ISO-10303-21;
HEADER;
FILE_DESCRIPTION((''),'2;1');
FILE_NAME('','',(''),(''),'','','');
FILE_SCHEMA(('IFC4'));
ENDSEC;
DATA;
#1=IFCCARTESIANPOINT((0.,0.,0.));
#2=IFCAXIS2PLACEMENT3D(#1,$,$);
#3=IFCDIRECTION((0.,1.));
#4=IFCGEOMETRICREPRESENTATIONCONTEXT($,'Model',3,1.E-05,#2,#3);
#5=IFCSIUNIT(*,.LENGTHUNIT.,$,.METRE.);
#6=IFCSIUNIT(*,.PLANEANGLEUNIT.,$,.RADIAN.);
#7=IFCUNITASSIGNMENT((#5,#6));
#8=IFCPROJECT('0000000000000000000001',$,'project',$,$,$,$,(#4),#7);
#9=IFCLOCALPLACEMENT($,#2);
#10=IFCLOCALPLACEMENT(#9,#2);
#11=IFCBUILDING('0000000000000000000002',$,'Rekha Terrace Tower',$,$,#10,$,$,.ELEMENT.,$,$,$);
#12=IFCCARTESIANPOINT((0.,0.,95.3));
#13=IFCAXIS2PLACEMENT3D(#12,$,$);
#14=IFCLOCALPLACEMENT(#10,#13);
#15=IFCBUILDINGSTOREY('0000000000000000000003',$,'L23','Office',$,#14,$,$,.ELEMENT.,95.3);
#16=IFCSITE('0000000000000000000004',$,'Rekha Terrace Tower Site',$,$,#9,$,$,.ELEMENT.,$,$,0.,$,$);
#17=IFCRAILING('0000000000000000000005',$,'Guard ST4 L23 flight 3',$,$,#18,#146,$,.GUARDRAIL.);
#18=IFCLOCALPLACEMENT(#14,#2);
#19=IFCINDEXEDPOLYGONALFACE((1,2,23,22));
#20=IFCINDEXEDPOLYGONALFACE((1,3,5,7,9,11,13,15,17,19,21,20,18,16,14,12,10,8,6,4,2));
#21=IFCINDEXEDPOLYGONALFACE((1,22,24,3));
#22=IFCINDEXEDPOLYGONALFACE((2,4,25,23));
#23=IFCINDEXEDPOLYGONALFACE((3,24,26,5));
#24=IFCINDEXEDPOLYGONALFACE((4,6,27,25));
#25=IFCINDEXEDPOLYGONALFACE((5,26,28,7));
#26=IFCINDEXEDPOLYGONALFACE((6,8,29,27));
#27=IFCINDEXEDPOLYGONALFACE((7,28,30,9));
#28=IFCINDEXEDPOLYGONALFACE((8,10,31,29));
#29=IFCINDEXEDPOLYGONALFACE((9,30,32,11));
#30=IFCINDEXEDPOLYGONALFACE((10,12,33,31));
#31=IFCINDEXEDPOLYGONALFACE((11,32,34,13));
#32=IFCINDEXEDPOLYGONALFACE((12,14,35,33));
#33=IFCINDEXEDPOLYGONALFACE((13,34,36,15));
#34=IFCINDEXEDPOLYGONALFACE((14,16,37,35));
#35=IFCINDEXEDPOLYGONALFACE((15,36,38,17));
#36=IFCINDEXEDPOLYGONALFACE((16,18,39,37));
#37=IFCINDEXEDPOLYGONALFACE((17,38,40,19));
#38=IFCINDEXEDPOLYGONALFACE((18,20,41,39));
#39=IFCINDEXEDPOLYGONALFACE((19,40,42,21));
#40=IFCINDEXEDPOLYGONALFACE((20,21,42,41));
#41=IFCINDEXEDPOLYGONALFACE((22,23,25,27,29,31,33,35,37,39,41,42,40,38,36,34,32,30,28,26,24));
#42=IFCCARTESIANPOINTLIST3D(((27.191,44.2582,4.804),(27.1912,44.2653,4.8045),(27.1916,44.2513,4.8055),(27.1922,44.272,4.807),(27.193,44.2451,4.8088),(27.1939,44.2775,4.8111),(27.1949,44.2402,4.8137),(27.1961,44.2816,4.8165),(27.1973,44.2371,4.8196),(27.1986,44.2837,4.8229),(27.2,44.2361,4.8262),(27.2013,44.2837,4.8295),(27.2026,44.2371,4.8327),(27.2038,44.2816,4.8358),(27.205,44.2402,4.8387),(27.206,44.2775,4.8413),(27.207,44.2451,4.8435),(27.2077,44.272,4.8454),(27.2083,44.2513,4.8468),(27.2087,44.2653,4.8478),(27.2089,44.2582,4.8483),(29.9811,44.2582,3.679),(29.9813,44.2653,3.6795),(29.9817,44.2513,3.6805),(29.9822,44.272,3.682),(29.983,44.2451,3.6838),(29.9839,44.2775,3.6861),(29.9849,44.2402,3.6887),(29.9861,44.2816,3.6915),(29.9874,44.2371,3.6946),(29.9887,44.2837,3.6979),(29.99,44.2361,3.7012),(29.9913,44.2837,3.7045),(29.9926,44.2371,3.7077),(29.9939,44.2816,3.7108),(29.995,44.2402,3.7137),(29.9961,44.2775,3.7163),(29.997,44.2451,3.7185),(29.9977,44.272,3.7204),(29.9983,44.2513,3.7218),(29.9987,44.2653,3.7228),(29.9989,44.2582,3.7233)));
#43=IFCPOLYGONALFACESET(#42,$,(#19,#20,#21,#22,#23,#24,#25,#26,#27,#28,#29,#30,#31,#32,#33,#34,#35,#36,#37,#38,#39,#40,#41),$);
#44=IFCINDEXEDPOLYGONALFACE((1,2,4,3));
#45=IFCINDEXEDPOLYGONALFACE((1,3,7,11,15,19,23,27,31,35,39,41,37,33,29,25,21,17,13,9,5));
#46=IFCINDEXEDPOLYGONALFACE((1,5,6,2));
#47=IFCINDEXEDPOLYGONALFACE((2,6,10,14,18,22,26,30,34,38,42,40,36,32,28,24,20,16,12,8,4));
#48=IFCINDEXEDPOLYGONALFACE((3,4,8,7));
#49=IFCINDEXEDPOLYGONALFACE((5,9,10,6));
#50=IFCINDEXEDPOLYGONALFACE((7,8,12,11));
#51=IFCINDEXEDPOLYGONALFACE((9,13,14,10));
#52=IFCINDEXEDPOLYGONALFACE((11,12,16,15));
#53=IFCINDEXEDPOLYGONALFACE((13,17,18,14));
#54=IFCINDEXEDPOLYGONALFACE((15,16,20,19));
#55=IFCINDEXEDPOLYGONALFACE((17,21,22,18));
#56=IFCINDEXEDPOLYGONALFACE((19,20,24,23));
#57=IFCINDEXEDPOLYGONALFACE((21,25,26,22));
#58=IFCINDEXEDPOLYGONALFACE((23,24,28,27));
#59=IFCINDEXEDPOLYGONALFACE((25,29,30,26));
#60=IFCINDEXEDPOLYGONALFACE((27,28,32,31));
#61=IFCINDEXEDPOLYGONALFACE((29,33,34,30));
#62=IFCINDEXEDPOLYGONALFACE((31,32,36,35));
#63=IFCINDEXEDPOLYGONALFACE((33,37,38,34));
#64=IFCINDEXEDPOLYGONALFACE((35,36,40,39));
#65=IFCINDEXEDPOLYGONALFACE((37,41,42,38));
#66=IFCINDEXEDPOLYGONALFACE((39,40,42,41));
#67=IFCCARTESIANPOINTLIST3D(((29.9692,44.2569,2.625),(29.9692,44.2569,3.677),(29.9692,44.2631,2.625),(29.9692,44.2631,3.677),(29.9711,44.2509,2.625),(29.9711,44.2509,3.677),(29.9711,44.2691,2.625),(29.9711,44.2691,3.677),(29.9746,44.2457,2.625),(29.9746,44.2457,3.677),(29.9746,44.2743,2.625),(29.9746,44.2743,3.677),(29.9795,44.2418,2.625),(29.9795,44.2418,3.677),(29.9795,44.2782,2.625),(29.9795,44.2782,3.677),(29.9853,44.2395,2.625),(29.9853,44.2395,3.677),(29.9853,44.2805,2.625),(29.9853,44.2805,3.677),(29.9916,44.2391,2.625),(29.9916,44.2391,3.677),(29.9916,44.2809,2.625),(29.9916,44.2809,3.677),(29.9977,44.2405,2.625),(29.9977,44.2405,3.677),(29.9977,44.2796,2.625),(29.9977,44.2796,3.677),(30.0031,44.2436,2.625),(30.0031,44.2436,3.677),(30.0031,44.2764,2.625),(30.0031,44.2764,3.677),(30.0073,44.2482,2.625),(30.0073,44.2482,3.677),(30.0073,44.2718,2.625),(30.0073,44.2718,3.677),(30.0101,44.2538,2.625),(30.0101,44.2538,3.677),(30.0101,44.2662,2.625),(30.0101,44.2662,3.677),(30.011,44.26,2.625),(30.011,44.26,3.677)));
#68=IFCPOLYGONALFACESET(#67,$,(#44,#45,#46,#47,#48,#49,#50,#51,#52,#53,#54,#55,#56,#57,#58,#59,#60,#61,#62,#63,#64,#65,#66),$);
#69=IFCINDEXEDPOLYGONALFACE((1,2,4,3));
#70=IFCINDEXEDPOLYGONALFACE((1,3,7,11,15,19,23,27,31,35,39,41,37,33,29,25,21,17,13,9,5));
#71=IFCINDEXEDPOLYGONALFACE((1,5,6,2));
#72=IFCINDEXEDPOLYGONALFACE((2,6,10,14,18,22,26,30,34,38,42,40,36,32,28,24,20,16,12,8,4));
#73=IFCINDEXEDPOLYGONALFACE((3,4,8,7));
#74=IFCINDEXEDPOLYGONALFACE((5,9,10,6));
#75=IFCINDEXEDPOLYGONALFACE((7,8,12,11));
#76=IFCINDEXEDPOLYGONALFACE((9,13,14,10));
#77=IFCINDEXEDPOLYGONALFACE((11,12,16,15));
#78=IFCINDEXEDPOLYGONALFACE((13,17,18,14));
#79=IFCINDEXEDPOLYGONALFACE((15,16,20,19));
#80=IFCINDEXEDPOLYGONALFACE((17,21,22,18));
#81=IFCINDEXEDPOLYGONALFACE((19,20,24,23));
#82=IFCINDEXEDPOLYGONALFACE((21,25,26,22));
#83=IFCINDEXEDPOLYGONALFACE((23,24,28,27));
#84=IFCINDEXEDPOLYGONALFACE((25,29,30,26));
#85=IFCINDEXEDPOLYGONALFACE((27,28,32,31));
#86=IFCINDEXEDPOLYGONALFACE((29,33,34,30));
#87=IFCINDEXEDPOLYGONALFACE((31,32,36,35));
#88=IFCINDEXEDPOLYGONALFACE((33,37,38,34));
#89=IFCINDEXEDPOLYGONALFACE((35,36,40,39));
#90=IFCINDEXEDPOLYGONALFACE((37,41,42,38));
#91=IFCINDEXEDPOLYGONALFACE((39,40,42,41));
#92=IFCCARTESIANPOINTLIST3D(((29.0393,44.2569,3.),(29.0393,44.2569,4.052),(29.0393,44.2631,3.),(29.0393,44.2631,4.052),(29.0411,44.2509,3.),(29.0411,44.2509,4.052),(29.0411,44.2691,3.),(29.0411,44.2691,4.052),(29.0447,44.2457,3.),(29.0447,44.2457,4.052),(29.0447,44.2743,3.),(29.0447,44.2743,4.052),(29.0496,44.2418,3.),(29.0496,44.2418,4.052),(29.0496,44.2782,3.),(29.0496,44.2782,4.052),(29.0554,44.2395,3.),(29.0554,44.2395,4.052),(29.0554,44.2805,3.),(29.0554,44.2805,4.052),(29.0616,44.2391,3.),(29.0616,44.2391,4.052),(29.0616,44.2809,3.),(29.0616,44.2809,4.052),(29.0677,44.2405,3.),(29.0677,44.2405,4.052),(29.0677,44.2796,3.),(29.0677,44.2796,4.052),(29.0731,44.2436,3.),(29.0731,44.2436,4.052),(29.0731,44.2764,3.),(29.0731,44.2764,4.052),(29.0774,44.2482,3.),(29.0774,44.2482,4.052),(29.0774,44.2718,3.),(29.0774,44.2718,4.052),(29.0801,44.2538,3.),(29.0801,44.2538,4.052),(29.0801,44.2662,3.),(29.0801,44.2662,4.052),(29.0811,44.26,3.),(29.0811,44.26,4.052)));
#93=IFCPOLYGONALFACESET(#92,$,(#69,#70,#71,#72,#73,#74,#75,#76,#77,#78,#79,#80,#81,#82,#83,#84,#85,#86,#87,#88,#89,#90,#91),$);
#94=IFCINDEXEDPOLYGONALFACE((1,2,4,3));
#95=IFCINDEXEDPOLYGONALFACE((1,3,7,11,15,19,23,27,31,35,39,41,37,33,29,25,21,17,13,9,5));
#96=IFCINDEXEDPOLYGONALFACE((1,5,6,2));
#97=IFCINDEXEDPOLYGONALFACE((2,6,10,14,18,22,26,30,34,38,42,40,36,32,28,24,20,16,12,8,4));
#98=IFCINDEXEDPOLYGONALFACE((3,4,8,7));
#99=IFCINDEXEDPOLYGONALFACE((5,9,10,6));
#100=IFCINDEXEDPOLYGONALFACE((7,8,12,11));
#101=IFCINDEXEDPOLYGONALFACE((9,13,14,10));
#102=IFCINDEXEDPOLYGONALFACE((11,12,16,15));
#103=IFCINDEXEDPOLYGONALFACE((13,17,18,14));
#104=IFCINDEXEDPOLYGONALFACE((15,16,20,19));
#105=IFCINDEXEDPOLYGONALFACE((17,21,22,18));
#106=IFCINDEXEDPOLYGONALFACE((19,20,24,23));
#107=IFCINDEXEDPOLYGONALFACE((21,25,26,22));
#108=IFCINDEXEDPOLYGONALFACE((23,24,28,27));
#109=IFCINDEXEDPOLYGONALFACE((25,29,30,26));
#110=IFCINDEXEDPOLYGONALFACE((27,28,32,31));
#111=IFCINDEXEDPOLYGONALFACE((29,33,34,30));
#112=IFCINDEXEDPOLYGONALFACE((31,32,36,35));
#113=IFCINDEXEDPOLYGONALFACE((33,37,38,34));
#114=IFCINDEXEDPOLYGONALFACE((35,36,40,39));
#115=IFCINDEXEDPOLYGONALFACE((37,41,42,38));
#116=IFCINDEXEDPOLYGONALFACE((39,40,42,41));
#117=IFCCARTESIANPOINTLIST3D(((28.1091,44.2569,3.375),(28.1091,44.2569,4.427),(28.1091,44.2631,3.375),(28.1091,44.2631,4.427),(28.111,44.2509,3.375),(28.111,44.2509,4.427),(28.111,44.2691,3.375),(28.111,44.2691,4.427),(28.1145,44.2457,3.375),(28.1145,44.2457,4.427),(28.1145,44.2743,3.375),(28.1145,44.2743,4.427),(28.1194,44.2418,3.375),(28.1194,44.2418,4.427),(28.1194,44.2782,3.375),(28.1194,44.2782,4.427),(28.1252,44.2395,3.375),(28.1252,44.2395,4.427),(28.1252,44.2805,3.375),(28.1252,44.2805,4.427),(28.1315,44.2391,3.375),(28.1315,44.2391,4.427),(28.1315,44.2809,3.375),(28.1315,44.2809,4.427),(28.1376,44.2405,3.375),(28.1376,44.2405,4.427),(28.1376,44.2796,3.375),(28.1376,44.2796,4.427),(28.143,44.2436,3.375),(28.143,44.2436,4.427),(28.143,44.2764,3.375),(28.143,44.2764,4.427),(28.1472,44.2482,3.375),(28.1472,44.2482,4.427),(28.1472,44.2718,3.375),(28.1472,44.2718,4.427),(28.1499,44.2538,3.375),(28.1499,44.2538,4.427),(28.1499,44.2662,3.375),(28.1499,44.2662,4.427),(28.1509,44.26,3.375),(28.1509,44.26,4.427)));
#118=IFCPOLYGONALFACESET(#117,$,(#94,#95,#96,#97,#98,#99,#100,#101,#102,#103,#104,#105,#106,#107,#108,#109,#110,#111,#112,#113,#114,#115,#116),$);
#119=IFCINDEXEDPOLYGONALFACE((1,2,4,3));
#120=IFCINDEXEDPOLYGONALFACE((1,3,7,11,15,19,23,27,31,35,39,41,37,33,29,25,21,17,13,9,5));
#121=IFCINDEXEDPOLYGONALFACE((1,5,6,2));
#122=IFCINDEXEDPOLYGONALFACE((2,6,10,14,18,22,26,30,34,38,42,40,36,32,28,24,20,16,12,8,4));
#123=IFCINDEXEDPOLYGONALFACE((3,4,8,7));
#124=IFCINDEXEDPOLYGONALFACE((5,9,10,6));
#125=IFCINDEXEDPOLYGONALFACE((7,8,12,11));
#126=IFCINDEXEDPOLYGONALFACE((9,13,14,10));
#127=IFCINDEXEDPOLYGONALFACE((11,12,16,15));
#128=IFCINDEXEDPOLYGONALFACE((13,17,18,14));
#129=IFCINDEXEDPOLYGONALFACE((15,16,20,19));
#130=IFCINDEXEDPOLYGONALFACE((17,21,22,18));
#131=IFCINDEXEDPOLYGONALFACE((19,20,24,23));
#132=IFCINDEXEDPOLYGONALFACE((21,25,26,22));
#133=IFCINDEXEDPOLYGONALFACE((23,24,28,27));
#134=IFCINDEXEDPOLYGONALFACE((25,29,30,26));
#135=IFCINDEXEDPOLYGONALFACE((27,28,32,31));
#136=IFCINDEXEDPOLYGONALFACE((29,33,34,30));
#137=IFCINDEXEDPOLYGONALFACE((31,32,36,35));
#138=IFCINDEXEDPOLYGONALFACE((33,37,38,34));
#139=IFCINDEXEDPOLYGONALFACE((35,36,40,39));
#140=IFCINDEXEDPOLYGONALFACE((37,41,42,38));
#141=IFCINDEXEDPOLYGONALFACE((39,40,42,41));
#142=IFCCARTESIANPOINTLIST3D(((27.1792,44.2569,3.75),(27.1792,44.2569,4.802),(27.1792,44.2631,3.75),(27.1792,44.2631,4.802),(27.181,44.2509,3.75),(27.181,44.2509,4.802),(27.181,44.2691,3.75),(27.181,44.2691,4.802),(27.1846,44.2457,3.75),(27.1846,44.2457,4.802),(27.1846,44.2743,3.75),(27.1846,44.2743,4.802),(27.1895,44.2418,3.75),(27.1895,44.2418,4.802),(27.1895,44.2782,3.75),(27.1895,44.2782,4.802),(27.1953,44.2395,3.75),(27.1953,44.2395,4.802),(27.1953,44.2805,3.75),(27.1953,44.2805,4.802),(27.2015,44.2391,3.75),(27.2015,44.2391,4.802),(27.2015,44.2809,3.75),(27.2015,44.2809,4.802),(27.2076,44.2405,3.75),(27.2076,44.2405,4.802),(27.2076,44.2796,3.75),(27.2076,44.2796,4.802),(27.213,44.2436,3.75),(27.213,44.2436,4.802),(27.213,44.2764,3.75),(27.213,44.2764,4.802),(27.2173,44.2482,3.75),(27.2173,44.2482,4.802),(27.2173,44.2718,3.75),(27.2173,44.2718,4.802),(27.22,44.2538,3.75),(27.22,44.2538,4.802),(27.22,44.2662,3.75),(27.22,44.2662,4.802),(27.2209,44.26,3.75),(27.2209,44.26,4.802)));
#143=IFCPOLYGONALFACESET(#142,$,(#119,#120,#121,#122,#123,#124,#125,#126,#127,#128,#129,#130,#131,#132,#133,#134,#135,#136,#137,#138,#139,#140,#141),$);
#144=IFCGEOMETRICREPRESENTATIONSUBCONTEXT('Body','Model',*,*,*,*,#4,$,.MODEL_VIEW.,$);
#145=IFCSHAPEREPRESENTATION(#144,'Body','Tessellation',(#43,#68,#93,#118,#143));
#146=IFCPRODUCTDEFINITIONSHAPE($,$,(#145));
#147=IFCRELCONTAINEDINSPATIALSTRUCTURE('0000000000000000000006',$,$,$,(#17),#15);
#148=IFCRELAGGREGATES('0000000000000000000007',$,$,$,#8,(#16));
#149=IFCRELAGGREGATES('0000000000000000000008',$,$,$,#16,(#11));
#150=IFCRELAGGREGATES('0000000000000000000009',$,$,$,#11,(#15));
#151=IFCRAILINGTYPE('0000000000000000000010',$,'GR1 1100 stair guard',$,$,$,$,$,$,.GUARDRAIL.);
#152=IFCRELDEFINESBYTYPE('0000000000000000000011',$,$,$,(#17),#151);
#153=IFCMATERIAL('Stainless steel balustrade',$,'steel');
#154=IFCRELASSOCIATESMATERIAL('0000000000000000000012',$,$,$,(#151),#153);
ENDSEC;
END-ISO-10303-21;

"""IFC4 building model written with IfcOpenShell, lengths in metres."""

from ifc_helpers import new_model, si_unit, direction, frame, origin, origin_2d, place, context, subcontext, project, spatial, circle, extrude, material, type_object, element, save


model = new_model("IFC4")

# Units and contexts
model_context = context("Model", 3, precision=1e-05, world=origin(), true_north=direction((0.0, 1.0)))
body_context = subcontext(model_context, "Body", "Model", "MODEL_VIEW")
ifc_project = project(units=[si_unit("LENGTHUNIT", "METRE"), si_unit("PLANEANGLEUNIT", "RADIAN")], contexts=[model_context])

# Site, building, storey
site_placement = place(None, origin())
site = spatial("IfcSite", under=ifc_project, at=site_placement, Name="Rekha Terrace Tower Site", CompositionType="ELEMENT", RefElevation=0.0)
building_placement = place(site_placement, origin())
building = spatial("IfcBuilding", under=site, at=building_placement, Name="Rekha Terrace Tower", CompositionType="ELEMENT")
storey_placement = place(building_placement, frame((0.0, 0.0, 95.3)))
storey = spatial("IfcBuildingStorey", under=building, at=storey_placement, Name="L23", Description="Office", CompositionType="ELEMENT", Elevation=95.3)

# Railing
ifc_material_1 = material(Name="Stainless steel balustrade", Category="steel")
railing_type_1 = type_object("IfcRailingType", Name="GR1 1100 stair guard", PredefinedType="GUARDRAIL", material=ifc_material_1)
railing_1_placement = place(storey_placement, frame((29.99, 44.26, 2.625)))
element("IfcRailing", 1, at=railing_1_placement, inside=storey, type_object=railing_type_1, Name="Guard ST4 L23 flight 3", PredefinedType="GUARDRAIL", context=body_context, shape_type="SweptSolid", body=[
    extrude(circle(Radius=0.0239, at=origin_2d()), frame((0.0, 0.0, 1.0762), z_axis=(-0.927443, 0.0, 0.373964), x_axis=(0.0, -1.0, 0.0)), (0.0, 0.0, 1.0), 3.0083),
    extrude(circle(Radius=0.021, at=origin_2d()), origin(), (0.0, 0.0, 1.0), 1.052),
    extrude(circle(Radius=0.021, at=origin_2d()), frame((-0.9299, 0.0, 0.375)), (0.0, 0.0, 1.0), 1.052),
    extrude(circle(Radius=0.021, at=origin_2d()), frame((-1.8601, 0.0, 0.75)), (0.0, 0.0, 1.0), 1.052),
    extrude(circle(Radius=0.021, at=origin_2d()), frame((-2.79, 0.0, 1.125)), (0.0, 0.0, 1.0), 1.052),
])

save(model, "model.ifc")
